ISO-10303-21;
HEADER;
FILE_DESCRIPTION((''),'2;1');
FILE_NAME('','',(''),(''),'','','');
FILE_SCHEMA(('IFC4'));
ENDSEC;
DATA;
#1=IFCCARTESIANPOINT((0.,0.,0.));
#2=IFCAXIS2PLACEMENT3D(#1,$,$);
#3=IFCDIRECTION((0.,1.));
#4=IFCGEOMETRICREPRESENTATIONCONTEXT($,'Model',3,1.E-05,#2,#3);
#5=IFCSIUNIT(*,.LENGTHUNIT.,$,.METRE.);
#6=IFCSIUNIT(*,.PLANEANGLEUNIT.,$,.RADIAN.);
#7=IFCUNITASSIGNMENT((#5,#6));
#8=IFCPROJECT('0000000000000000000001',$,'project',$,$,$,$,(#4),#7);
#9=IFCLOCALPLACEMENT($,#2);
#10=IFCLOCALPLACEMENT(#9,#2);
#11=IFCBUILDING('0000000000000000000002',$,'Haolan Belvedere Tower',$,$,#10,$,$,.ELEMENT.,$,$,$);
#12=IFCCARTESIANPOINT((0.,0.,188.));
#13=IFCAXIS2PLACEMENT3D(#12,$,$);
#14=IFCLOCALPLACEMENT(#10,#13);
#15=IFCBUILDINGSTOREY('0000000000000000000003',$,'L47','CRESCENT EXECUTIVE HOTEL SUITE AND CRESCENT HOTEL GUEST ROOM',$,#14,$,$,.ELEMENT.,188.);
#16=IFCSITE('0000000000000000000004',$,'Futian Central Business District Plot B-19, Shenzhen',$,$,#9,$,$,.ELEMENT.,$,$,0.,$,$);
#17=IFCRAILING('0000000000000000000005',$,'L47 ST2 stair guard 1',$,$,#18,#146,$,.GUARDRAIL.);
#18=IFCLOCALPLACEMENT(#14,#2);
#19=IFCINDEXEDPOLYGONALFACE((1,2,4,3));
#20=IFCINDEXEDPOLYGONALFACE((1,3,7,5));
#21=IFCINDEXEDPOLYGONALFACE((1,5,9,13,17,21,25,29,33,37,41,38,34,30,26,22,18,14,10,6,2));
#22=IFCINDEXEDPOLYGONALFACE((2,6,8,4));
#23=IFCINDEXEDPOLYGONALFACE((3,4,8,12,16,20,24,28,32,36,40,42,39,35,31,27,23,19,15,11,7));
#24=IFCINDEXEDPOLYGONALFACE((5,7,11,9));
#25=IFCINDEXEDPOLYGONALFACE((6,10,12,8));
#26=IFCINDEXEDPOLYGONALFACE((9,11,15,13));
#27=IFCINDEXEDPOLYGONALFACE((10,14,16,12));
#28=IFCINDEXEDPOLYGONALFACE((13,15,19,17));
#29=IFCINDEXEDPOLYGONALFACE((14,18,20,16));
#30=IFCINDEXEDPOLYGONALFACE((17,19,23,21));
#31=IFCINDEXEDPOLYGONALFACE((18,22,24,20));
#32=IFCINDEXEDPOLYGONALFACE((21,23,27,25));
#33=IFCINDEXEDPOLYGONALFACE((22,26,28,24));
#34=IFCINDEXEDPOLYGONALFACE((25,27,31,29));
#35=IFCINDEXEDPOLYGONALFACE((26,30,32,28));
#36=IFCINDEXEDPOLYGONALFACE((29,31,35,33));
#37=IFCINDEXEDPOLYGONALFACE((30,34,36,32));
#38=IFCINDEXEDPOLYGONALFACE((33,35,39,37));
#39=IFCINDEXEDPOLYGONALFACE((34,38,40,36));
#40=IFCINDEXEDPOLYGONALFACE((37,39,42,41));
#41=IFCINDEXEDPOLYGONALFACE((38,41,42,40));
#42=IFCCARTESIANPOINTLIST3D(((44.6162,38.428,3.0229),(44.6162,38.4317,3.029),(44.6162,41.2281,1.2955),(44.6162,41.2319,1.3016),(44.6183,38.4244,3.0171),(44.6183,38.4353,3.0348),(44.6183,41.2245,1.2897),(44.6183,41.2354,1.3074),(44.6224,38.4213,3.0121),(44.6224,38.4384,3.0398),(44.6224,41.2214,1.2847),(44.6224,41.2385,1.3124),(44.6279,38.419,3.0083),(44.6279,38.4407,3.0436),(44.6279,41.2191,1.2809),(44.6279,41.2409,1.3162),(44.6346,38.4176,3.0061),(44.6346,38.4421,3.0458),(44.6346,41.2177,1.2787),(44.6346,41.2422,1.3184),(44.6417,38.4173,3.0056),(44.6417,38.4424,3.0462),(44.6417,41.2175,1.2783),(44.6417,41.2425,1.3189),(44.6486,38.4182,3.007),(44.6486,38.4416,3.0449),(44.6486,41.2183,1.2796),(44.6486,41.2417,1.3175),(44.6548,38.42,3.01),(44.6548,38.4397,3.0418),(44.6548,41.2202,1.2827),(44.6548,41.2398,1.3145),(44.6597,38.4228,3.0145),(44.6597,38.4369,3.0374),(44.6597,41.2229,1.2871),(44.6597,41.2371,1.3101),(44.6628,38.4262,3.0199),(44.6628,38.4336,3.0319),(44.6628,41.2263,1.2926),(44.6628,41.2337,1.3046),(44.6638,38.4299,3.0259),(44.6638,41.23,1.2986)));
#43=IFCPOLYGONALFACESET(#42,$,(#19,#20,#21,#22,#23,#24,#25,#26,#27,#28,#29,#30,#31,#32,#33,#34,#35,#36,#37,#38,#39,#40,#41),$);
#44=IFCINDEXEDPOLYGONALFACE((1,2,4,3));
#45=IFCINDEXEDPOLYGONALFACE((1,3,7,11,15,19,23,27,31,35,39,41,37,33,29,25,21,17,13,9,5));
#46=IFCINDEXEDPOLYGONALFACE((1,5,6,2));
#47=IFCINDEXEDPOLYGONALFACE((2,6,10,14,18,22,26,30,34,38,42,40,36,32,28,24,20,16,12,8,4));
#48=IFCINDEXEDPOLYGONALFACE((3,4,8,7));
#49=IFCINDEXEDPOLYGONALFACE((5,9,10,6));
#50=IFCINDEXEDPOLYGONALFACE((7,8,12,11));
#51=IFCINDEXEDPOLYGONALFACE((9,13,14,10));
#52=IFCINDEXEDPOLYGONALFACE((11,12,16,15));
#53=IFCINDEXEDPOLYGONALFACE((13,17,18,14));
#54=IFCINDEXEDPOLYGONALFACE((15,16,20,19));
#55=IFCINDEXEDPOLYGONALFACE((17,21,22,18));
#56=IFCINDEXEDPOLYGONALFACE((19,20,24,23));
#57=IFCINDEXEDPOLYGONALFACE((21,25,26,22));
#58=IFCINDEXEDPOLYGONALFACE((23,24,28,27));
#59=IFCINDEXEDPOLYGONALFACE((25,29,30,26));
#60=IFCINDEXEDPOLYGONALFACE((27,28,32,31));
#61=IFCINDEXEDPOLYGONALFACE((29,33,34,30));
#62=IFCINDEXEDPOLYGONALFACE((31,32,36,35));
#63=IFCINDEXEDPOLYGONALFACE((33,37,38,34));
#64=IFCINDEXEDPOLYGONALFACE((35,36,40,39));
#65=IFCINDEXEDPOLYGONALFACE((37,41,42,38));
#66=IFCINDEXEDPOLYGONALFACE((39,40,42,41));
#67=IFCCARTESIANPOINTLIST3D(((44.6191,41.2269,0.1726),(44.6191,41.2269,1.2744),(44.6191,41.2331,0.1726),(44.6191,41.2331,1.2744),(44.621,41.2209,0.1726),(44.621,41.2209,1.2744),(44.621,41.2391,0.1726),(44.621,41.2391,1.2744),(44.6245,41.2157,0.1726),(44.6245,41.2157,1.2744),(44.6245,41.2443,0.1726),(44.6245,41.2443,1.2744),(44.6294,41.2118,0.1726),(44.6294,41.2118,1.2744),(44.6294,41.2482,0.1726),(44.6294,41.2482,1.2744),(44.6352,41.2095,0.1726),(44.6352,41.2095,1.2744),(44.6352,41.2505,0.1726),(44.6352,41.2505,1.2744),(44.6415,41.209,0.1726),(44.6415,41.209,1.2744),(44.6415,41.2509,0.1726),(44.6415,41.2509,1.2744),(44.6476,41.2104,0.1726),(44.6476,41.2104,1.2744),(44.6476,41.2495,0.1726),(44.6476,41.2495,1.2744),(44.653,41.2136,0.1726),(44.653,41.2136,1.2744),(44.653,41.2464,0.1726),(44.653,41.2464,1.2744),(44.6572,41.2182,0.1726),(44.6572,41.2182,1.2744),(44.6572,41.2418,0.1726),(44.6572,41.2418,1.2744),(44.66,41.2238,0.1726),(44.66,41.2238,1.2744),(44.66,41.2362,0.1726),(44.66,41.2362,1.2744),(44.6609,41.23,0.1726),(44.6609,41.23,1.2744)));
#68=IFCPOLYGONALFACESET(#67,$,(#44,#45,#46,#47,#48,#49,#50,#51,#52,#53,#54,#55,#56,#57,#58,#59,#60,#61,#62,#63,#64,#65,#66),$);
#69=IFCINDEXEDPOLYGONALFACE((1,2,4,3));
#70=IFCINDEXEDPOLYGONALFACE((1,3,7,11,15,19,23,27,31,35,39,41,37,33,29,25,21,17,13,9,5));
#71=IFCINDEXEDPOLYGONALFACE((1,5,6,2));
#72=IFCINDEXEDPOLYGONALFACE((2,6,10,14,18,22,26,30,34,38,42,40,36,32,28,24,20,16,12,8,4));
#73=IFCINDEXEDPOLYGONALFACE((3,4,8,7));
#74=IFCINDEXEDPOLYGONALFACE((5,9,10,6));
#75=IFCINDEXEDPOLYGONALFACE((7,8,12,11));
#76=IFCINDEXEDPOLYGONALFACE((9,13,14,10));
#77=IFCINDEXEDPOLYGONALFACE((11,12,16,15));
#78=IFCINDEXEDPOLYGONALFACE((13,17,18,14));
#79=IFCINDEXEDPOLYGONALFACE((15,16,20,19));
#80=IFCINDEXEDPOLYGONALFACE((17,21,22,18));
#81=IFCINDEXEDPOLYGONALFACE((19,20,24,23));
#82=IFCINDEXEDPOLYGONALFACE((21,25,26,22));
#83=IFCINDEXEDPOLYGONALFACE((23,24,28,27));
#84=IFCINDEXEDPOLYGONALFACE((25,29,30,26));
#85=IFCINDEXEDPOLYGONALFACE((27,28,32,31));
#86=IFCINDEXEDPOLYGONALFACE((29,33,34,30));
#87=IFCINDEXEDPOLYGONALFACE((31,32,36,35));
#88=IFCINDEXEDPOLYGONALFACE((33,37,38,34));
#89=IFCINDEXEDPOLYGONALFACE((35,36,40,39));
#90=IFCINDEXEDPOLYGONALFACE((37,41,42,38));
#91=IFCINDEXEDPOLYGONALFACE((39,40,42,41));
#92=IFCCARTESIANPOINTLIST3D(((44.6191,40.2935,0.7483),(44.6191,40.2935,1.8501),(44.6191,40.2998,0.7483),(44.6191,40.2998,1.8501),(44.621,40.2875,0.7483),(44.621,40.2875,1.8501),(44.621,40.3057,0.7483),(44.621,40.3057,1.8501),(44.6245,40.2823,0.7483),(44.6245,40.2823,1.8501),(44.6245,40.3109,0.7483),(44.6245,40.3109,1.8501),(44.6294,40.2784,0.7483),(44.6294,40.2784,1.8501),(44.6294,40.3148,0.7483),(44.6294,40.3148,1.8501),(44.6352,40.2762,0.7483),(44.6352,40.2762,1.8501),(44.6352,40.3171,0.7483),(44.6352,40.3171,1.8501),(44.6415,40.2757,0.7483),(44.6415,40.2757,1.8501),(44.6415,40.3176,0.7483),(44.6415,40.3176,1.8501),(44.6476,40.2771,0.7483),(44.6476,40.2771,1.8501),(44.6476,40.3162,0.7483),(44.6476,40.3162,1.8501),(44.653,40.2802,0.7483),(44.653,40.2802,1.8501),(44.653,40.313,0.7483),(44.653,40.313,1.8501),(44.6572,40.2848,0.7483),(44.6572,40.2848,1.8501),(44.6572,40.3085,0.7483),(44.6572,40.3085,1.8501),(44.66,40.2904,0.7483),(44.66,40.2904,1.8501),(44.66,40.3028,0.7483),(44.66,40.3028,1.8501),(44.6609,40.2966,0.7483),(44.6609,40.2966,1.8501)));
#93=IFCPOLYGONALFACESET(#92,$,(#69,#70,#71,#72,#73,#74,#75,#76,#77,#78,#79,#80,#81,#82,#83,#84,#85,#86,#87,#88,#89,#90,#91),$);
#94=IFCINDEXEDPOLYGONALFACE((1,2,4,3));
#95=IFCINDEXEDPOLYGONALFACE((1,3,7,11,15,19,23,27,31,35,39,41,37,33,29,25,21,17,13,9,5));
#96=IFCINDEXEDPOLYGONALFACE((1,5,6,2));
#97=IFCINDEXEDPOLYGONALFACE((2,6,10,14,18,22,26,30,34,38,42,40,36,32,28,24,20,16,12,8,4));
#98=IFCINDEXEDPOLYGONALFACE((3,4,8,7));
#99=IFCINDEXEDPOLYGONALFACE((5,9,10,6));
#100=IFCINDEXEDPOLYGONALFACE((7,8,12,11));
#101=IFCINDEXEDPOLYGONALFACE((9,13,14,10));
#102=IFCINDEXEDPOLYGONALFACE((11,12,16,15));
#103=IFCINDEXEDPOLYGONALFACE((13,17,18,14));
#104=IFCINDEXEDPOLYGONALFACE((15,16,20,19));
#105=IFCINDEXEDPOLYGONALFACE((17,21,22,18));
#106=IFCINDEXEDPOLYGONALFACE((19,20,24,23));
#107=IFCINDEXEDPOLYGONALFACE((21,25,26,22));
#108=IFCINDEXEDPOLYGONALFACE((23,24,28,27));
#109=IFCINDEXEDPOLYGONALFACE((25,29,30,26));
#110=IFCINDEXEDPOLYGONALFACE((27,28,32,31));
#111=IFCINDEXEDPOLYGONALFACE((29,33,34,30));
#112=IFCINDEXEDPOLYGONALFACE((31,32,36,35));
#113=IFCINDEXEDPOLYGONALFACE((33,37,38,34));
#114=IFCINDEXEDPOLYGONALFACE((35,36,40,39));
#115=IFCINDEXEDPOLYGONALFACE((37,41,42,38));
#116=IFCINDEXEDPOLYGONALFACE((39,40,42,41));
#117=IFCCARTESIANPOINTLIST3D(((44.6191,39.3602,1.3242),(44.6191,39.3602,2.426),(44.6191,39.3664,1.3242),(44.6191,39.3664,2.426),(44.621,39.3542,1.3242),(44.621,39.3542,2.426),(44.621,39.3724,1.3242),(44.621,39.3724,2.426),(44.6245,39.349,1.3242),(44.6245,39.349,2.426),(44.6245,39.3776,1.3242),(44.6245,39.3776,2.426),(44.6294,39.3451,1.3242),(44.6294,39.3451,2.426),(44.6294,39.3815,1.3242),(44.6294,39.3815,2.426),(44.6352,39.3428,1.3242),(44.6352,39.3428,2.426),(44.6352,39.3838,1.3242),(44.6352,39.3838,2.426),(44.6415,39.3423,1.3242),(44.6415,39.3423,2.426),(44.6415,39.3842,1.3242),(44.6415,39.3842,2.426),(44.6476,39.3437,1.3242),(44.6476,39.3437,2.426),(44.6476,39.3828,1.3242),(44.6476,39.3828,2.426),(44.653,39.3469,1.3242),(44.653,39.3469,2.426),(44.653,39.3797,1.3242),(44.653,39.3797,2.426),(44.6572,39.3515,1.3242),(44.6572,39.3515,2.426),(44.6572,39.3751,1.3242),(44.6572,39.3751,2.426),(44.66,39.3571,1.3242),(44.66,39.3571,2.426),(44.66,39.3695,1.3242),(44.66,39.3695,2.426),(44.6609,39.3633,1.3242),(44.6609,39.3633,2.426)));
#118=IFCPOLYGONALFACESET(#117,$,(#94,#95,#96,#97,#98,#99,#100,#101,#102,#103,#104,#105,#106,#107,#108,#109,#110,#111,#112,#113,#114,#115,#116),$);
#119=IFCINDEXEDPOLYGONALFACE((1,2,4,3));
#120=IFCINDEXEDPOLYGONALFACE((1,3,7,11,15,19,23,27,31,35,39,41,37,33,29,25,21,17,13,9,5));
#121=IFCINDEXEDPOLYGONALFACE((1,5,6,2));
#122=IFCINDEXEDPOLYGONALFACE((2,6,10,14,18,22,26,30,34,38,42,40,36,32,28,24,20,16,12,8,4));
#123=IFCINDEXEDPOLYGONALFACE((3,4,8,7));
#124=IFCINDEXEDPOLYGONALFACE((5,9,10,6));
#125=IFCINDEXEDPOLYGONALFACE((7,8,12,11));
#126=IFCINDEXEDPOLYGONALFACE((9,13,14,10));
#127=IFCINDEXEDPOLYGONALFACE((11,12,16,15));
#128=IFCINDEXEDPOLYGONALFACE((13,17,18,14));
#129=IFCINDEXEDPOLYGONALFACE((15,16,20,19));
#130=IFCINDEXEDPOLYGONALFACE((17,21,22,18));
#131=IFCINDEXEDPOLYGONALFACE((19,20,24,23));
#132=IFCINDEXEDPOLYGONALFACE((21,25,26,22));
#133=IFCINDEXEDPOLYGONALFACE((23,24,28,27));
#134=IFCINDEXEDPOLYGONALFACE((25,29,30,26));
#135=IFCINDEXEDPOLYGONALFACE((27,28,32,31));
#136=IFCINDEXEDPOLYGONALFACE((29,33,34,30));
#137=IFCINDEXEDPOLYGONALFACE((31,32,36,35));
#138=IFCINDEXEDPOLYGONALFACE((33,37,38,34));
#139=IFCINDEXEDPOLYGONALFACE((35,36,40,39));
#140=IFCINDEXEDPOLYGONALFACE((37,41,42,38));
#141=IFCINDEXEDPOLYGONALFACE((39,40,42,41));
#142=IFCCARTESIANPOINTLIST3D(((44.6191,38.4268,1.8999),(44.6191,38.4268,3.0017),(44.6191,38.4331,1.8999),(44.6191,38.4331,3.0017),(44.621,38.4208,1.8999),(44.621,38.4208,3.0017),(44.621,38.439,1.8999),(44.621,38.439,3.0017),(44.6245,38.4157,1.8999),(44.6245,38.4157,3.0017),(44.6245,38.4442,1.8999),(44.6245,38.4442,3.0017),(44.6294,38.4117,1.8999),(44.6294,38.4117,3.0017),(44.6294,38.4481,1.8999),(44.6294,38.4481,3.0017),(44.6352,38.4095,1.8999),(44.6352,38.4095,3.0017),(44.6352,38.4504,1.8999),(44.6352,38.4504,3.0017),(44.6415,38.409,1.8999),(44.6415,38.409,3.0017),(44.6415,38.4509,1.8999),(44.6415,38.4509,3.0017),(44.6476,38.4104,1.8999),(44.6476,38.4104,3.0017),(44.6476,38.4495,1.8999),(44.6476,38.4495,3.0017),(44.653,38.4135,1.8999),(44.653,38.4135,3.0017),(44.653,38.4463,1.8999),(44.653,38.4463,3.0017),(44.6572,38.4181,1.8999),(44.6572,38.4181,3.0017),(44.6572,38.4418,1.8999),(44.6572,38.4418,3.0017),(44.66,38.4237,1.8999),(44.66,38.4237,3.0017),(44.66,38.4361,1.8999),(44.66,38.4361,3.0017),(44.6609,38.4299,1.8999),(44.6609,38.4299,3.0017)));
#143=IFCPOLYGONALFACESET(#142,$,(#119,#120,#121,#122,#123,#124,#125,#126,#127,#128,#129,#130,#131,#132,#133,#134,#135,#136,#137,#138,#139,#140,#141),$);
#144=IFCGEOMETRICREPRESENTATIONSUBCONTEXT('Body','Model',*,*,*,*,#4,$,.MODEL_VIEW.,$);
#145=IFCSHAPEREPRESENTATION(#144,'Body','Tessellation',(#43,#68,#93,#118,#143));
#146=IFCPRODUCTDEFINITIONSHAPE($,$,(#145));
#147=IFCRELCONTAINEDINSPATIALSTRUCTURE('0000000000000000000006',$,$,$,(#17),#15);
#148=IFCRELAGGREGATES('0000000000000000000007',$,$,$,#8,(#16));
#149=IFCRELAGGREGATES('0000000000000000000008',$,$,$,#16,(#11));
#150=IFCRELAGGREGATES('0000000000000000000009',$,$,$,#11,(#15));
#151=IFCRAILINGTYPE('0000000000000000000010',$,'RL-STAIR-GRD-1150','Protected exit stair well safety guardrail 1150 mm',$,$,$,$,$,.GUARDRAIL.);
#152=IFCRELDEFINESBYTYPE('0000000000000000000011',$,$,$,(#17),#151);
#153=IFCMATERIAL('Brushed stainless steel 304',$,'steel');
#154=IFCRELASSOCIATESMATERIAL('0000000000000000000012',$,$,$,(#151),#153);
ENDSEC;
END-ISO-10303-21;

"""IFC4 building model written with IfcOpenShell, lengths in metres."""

from ifc_helpers import new_model, si_unit, direction, frame, origin, origin_2d, place, context, subcontext, project, spatial, circle, extrude, material, type_object, element, save


model = new_model("IFC4")

# Units and contexts
model_context = context("Model", 3, precision=1e-05, world=origin(), true_north=direction((0.0, 1.0)))
body_context = subcontext(model_context, "Body", "Model", "MODEL_VIEW")
ifc_project = project(units=[si_unit("LENGTHUNIT", "METRE"), si_unit("PLANEANGLEUNIT", "RADIAN")], contexts=[model_context])

# Site, building, storey
site_placement = place(None, origin())
site = spatial("IfcSite", under=ifc_project, at=site_placement, Name="Futian Central Business District Plot B-19, Shenzhen", CompositionType="ELEMENT", RefElevation=0.0)
building_placement = place(site_placement, origin())
building = spatial("IfcBuilding", under=site, at=building_placement, Name="Haolan Belvedere Tower", CompositionType="ELEMENT")
storey_placement = place(building_placement, frame((0.0, 0.0, 188.0)))
storey = spatial("IfcBuildingStorey", under=building, at=storey_placement, Name="L47", Description="CRESCENT EXECUTIVE HOTEL SUITE AND CRESCENT HOTEL GUEST ROOM", CompositionType="ELEMENT", Elevation=188.0)

# Railing
ifc_material_1 = material(Name="Brushed stainless steel 304", Category="steel")
railing_type_1 = type_object("IfcRailingType", Name="RL-STAIR-GRD-1150", Description="Protected exit stair well safety guardrail 1150 mm", PredefinedType="GUARDRAIL", material=ifc_material_1)
railing_1_placement = place(storey_placement, frame((44.6399, 41.23, 0.1726)))
element("IfcRailing", 1, at=railing_1_placement, inside=storey, type_object=railing_type_1, Name="L47 ST2 stair guard 1", PredefinedType="GUARDRAIL", context=body_context, shape_type="SweptSolid", body=[
    extrude(circle(Radius=0.0239, at=origin_2d()), frame((0.0, 0.0, 1.126), z_axis=(0.0, -0.85109, 0.52502), x_axis=(1.0, 0.0, 0.0)), (0.0, 0.0, 1.0), 3.29),
    extrude(circle(Radius=0.021, at=origin_2d()), origin(), (0.0, 0.0, 1.0), 1.1018),
    extrude(circle(Radius=0.021, at=origin_2d()), frame((0.0, -0.9333, 0.5757)), (0.0, 0.0, 1.0), 1.1018),
    extrude(circle(Radius=0.021, at=origin_2d()), frame((0.0, -1.8667, 1.1516)), (0.0, 0.0, 1.0), 1.1018),
    extrude(circle(Radius=0.021, at=origin_2d()), frame((0.0, -2.8, 1.7273)), (0.0, 0.0, 1.0), 1.1018),
])

save(model, "model.ifc")
